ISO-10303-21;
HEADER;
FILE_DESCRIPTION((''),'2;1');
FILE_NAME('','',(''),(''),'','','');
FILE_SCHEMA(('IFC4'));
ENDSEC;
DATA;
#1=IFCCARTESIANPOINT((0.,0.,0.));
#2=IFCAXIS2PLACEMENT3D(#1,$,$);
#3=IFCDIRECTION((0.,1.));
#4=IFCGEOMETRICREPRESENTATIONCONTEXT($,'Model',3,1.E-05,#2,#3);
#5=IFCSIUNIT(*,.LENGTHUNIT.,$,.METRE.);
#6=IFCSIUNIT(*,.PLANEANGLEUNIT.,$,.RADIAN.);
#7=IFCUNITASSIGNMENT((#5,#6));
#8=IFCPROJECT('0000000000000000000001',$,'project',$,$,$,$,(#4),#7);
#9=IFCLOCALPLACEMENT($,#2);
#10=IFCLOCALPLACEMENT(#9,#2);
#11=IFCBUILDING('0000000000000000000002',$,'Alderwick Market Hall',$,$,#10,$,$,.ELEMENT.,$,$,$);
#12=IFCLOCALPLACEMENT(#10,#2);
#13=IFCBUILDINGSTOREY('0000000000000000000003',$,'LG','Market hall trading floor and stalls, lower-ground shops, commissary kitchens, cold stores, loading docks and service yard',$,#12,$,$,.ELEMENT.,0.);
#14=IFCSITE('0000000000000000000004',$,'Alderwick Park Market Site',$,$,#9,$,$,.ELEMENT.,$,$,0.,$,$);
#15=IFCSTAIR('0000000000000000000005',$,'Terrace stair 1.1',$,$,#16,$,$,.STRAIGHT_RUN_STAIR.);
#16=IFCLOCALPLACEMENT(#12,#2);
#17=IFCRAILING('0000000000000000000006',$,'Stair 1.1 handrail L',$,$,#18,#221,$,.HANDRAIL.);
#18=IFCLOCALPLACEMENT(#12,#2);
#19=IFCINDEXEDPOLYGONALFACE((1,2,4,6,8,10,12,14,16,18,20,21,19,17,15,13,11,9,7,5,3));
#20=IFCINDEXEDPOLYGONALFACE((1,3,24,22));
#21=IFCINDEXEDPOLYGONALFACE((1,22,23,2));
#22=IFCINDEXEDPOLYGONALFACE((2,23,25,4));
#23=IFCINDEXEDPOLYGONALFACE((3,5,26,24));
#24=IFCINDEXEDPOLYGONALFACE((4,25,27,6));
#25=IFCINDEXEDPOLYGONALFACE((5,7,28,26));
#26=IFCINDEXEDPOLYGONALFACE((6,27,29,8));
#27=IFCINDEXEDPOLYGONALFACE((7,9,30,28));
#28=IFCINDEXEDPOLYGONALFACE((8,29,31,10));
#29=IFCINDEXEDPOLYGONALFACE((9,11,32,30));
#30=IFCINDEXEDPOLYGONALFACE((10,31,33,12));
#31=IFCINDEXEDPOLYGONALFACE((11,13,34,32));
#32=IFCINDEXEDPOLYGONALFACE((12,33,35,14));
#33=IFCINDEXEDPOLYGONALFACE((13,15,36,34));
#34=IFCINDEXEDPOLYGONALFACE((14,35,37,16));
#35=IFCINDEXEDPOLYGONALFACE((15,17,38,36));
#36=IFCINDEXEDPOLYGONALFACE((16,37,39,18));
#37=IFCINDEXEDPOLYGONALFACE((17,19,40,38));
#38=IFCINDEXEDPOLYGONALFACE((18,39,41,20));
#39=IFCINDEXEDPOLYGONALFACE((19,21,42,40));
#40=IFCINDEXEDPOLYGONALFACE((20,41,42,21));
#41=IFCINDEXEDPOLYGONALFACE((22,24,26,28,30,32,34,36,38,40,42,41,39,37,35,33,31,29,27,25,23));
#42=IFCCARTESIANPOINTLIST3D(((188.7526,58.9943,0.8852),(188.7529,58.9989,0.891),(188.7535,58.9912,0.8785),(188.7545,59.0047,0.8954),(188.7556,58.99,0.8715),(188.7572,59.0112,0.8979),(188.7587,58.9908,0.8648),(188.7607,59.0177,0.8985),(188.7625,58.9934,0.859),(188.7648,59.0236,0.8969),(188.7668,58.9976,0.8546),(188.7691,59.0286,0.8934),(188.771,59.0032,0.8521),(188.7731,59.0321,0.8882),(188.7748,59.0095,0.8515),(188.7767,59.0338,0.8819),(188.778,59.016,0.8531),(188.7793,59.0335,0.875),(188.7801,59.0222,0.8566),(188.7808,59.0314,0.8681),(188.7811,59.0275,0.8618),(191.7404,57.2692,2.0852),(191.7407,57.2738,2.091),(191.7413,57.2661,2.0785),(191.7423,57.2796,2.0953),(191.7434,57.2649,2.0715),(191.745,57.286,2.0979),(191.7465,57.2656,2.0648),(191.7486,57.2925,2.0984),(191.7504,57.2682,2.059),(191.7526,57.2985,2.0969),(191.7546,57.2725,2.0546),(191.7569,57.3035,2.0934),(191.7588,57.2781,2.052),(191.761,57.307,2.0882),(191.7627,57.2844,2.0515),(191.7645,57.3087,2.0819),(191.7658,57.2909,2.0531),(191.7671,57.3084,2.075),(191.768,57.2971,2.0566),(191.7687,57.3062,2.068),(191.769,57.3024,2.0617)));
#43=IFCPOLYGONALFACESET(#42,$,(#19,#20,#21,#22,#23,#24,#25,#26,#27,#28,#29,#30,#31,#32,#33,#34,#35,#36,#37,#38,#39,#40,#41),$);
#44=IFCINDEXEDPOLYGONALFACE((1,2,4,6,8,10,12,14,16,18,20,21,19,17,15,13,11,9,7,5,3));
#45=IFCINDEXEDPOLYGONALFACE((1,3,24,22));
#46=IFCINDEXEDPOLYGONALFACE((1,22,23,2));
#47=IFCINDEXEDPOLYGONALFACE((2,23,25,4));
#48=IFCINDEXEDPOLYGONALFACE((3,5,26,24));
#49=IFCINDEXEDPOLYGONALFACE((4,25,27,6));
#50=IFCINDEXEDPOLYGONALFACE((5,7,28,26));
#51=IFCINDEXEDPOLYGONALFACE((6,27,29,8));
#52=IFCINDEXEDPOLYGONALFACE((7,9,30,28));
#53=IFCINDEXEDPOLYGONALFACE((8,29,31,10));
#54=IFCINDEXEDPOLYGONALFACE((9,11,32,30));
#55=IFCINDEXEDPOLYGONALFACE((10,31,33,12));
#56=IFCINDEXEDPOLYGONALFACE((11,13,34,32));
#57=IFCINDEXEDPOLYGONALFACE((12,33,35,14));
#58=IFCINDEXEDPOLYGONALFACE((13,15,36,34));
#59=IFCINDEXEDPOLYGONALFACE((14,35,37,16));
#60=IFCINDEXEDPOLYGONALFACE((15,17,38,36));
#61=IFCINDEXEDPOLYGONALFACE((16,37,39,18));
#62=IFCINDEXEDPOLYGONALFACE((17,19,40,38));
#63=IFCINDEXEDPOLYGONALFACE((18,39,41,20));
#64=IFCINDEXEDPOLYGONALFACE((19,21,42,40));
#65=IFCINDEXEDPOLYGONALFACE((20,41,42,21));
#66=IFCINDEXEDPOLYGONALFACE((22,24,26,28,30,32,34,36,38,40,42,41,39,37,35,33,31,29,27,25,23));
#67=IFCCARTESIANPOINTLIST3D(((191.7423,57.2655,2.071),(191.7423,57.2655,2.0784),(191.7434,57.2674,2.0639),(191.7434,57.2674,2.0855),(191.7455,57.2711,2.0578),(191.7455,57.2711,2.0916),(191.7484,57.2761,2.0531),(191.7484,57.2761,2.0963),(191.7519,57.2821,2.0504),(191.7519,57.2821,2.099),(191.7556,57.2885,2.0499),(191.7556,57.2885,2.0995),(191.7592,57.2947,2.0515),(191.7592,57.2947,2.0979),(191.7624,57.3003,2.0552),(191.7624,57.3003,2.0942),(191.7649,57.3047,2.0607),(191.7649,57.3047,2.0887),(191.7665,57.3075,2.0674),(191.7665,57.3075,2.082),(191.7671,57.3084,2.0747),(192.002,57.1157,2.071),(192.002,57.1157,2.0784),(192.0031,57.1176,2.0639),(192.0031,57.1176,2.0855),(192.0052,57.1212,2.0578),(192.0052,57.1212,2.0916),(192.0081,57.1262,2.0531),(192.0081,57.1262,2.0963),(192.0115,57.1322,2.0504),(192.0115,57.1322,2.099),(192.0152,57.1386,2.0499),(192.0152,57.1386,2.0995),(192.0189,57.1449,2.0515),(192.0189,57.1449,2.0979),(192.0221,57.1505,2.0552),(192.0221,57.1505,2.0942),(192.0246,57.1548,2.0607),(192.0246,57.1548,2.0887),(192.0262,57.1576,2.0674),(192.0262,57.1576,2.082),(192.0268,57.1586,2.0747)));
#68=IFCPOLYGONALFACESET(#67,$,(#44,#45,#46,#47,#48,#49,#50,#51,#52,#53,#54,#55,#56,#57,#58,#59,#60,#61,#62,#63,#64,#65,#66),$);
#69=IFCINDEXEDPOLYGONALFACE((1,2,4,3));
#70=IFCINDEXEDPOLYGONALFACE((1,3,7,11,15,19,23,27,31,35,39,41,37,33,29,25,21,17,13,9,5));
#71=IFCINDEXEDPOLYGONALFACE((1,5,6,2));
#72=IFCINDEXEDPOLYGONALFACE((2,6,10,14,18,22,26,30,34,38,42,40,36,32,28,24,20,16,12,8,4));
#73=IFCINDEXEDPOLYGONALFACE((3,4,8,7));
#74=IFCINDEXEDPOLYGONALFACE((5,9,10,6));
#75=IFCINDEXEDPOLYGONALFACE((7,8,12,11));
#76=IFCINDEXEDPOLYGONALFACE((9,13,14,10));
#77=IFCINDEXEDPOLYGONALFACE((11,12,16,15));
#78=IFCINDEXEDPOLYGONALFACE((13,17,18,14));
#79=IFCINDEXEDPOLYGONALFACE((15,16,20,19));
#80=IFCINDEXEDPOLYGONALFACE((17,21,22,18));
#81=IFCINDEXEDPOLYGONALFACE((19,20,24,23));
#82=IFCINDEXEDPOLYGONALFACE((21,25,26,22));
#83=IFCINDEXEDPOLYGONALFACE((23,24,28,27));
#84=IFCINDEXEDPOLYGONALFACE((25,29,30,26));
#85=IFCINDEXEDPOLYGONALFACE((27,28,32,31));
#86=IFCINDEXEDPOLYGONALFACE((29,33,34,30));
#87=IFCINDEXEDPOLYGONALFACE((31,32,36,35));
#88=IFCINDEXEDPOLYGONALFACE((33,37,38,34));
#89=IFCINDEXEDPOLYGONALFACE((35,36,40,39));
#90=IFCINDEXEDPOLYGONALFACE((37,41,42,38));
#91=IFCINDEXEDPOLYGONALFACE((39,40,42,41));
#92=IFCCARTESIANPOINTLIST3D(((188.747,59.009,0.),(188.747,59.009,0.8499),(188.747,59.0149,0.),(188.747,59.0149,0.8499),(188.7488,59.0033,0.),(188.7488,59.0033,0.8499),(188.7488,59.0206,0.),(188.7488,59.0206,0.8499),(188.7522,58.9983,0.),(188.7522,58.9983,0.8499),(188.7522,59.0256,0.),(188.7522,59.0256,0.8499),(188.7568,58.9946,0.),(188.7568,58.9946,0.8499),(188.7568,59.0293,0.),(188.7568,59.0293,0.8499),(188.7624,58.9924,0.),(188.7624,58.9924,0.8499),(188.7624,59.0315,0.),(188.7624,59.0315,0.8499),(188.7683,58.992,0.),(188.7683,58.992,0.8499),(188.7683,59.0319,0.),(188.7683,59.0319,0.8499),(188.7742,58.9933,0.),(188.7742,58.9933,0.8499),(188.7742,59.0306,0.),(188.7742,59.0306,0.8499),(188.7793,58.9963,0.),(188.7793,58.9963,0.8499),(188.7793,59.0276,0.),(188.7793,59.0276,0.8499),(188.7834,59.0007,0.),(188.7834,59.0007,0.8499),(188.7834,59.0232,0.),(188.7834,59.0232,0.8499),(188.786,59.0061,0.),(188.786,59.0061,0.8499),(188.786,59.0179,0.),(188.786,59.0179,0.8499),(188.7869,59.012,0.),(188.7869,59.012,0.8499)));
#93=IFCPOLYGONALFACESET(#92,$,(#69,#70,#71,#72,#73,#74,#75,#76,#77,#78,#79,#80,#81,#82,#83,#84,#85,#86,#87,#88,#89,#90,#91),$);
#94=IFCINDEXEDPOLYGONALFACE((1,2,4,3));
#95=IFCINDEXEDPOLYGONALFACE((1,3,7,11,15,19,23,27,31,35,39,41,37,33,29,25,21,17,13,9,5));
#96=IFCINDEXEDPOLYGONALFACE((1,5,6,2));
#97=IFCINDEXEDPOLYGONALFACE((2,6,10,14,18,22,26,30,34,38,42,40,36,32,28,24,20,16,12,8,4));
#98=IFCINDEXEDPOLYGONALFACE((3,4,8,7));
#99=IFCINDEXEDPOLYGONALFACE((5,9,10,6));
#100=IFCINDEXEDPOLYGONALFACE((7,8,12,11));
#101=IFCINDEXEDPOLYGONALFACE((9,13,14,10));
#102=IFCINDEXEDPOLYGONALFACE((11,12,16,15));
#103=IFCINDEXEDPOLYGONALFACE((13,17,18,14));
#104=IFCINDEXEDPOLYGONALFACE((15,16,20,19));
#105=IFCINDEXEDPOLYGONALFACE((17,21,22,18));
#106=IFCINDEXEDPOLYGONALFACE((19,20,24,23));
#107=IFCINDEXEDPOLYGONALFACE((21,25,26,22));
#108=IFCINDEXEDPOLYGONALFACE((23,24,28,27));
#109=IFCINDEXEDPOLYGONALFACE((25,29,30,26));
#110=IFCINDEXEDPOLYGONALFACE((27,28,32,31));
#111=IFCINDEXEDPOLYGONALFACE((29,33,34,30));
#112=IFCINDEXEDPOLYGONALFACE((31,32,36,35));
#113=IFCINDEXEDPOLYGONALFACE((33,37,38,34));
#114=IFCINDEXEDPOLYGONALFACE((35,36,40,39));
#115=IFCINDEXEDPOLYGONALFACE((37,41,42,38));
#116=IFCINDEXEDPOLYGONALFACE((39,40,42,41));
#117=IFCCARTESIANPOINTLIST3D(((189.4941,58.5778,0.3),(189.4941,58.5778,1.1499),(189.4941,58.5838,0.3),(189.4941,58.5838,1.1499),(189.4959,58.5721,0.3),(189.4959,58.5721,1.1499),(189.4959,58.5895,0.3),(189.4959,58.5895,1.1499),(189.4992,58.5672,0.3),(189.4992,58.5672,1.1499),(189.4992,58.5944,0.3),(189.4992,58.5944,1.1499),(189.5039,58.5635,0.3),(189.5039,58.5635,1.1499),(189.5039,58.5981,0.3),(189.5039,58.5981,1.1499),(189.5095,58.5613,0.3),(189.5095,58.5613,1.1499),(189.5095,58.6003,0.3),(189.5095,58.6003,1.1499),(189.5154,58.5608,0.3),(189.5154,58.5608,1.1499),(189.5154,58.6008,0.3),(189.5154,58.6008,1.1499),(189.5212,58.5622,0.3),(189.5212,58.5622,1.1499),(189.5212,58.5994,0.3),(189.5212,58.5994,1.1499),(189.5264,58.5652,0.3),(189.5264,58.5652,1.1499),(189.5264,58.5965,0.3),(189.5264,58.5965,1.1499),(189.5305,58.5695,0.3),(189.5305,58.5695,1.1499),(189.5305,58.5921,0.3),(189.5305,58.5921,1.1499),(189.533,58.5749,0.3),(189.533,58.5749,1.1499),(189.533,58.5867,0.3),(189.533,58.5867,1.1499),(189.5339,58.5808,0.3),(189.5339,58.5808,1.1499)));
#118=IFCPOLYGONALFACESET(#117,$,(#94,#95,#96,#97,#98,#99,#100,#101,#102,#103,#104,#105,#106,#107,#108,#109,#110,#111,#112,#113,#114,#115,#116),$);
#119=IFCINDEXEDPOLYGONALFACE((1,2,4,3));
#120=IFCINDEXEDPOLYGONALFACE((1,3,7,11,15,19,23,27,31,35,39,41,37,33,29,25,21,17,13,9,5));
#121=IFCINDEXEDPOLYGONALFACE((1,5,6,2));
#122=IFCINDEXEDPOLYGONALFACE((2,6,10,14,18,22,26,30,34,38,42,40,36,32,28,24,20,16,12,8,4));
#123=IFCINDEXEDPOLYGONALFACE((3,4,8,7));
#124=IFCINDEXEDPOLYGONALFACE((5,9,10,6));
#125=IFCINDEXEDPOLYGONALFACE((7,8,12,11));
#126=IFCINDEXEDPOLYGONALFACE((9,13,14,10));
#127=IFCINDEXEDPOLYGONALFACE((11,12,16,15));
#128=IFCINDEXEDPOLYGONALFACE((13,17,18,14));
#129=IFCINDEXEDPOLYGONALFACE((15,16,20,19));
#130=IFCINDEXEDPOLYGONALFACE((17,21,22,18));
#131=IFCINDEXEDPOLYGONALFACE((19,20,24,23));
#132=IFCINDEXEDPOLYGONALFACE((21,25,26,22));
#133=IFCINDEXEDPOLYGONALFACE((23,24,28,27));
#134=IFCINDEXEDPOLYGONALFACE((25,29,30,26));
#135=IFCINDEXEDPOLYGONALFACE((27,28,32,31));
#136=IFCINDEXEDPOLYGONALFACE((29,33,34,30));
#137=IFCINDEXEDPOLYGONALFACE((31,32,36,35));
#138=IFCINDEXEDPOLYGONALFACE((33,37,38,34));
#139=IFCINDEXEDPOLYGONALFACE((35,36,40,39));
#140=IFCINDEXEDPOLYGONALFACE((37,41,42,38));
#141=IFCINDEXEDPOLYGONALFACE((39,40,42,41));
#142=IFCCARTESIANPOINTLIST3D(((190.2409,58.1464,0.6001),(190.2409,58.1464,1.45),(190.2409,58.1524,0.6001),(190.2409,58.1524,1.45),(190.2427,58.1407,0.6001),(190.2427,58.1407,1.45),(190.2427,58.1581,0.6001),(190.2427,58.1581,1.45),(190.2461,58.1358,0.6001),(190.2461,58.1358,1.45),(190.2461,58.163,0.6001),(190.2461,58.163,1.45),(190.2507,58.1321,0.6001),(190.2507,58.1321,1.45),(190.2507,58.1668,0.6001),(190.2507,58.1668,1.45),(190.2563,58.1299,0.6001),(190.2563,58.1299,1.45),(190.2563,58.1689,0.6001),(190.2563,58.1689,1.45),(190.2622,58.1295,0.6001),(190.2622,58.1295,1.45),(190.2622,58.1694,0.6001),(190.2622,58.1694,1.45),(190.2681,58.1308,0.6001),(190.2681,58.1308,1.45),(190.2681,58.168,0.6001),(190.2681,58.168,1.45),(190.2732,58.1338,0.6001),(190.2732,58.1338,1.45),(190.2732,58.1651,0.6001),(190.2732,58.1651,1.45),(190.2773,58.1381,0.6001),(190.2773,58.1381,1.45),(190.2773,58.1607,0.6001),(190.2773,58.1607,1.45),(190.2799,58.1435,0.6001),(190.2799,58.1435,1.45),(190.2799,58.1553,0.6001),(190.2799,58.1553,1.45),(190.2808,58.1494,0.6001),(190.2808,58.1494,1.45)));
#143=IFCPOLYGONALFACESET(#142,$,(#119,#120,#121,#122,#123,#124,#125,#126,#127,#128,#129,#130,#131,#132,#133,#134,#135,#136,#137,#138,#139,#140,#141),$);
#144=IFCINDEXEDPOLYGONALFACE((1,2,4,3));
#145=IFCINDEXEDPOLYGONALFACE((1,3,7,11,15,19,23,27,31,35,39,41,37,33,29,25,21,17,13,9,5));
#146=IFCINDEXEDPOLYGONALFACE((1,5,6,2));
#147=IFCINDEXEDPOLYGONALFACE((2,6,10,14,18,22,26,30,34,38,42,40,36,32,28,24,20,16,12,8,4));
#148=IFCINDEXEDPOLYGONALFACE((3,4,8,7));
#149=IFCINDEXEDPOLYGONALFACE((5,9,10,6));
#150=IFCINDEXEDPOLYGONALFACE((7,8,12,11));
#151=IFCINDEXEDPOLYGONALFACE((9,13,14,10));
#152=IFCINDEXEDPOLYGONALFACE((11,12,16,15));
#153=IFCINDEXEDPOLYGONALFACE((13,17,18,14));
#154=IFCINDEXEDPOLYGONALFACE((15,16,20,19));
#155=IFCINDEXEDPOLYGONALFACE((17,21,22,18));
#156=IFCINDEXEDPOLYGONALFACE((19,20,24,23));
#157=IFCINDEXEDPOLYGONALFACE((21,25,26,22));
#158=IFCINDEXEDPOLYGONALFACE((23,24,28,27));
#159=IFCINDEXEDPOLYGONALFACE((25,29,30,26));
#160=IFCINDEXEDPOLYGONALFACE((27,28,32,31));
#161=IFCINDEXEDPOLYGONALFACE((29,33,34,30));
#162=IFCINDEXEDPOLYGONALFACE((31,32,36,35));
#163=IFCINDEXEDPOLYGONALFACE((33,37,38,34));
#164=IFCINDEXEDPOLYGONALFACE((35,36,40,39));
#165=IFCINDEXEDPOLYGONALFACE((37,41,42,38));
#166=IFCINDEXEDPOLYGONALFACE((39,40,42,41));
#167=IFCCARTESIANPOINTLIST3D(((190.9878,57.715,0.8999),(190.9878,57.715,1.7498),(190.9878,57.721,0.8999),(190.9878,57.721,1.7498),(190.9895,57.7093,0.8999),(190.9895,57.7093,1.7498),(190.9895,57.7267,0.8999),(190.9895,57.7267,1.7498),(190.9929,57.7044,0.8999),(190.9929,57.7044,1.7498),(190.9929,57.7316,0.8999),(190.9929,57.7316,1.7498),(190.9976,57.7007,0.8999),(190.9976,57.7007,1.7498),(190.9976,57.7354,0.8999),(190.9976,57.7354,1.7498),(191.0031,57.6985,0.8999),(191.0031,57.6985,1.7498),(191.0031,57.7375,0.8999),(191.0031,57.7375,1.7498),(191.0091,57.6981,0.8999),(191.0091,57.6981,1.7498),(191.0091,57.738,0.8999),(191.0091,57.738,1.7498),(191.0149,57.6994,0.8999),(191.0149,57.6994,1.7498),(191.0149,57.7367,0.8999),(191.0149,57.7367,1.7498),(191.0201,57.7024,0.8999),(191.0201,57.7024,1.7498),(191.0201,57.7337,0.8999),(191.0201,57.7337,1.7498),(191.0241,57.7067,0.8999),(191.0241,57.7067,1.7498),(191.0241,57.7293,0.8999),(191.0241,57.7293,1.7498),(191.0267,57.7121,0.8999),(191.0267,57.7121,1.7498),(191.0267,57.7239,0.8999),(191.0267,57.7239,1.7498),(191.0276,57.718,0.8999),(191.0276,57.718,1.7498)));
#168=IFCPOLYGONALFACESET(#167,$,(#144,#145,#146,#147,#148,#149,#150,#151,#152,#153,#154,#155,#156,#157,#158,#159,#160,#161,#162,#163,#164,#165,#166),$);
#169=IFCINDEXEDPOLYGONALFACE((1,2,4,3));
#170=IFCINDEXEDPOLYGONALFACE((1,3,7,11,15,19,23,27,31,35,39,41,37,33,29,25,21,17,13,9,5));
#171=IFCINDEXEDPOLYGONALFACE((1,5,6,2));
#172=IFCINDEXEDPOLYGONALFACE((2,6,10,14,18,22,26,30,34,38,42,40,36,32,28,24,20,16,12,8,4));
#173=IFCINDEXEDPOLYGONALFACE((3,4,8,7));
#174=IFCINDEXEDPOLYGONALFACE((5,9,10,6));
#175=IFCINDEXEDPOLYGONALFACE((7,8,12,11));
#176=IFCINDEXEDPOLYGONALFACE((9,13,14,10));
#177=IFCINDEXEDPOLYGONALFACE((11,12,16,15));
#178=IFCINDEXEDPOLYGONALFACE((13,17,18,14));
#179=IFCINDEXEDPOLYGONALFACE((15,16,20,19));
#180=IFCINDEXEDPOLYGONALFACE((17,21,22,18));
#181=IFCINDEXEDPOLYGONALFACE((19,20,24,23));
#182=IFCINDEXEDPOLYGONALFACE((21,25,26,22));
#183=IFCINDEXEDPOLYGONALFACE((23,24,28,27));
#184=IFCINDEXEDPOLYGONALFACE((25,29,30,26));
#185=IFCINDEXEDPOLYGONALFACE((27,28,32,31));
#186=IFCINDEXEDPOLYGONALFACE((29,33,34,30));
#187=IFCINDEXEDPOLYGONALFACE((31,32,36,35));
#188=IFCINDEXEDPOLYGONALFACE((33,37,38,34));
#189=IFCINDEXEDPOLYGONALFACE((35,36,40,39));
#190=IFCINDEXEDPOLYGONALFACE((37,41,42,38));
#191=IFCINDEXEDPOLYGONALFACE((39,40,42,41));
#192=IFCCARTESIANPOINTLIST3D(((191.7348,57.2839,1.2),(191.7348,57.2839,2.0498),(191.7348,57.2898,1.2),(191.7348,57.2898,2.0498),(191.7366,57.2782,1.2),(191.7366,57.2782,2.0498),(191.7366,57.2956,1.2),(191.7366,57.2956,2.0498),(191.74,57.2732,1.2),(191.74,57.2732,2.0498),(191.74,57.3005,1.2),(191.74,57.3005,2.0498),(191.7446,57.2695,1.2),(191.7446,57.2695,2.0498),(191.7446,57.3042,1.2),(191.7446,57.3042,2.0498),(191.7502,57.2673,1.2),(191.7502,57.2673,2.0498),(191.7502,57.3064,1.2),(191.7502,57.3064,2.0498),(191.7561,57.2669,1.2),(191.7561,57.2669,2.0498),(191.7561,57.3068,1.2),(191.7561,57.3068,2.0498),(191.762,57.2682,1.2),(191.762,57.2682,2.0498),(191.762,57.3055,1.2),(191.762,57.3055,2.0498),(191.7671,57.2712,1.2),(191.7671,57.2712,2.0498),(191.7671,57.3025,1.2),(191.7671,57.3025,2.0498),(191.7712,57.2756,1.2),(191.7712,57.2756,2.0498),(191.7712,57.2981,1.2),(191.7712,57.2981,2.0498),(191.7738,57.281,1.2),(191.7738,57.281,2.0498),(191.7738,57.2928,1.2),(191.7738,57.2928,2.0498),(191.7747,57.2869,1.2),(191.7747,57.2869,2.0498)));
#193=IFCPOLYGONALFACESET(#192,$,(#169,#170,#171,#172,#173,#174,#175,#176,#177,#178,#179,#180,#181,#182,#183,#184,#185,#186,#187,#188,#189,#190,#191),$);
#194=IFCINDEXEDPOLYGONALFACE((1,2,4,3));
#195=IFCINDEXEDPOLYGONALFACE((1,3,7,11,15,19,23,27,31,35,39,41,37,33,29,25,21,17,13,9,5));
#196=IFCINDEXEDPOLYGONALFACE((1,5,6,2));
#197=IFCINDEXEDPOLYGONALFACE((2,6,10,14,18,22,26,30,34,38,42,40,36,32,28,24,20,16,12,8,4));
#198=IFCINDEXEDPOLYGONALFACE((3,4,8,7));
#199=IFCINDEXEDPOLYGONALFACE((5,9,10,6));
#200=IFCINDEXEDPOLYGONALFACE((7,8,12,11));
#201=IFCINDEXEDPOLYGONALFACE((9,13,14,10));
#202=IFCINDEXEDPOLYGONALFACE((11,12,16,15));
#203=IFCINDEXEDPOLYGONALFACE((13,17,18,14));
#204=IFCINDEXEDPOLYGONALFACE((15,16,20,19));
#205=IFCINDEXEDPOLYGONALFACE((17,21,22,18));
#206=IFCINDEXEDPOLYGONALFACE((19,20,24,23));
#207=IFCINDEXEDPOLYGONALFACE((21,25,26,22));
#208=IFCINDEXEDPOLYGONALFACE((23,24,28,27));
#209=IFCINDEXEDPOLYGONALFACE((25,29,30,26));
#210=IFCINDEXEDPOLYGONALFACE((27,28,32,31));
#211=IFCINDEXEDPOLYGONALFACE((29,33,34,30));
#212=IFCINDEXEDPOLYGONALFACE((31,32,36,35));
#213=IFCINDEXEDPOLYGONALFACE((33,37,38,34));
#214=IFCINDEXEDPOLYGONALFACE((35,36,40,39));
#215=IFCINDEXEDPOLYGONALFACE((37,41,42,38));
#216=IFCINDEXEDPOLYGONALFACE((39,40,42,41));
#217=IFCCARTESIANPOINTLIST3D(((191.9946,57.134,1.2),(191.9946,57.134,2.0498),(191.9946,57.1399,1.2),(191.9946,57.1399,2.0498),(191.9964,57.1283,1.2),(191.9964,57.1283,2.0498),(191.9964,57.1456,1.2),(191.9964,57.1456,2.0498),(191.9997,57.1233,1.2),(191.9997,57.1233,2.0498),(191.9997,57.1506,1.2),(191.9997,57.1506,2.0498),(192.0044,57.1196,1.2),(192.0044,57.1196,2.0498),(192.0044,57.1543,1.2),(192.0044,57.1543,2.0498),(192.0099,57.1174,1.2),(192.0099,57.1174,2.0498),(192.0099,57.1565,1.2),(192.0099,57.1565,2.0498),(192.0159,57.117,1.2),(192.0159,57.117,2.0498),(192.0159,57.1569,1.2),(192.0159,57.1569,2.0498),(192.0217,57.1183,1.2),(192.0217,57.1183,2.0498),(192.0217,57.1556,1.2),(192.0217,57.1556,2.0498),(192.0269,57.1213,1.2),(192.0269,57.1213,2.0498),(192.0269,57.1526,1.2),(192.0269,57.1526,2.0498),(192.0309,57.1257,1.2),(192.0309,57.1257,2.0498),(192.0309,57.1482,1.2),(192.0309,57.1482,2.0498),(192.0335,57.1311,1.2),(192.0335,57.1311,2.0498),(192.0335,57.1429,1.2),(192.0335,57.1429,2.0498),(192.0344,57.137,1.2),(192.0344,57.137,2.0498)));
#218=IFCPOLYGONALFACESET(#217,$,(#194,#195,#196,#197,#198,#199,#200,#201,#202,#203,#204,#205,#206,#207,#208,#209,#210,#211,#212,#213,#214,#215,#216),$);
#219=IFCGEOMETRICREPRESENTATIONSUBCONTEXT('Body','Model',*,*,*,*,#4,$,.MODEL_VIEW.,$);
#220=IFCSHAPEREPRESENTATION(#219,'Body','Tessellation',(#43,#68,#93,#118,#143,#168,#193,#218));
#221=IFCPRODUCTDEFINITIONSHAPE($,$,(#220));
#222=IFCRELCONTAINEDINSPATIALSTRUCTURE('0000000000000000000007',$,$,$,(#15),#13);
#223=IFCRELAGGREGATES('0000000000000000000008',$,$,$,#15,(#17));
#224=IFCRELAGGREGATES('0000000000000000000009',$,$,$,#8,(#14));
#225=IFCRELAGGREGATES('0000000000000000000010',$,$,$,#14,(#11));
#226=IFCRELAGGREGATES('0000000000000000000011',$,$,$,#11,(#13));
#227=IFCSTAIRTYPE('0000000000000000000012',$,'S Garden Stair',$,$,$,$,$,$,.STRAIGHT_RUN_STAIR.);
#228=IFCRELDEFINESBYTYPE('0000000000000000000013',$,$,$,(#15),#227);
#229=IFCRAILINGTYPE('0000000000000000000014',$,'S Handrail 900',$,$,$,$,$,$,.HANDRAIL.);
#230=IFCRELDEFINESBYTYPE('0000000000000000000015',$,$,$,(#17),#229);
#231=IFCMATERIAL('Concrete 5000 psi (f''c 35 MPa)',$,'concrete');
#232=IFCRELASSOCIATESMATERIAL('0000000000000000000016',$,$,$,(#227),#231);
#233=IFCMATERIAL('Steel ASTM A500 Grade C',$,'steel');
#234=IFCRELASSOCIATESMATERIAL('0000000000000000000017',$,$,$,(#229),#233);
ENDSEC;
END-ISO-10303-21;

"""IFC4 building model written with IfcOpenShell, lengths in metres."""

from ifc_helpers import new_model, si_unit, direction, frame, origin, origin_2d, place, context, subcontext, project, spatial, circle, extrude, material, type_object, element, aggregate, save


model = new_model("IFC4")

# Units and contexts
model_context = context("Model", 3, precision=1e-05, world=origin(), true_north=direction((0.0, 1.0)))
body_context = subcontext(model_context, "Body", "Model", "MODEL_VIEW")
ifc_project = project(units=[si_unit("LENGTHUNIT", "METRE"), si_unit("PLANEANGLEUNIT", "RADIAN")], contexts=[model_context])

# Site, building, storey
site_placement = place(None, origin())
site = spatial("IfcSite", under=ifc_project, at=site_placement, Name="Alderwick Park Market Site", CompositionType="ELEMENT", RefElevation=0.0)
building_placement = place(site_placement, origin())
building = spatial("IfcBuilding", under=site, at=building_placement, Name="Alderwick Market Hall", CompositionType="ELEMENT")
storey_placement = place(building_placement, origin())
storey = spatial("IfcBuildingStorey", under=building, at=storey_placement, Name="LG", Description="Market hall trading floor and stalls, lower-ground shops, commissary kitchens, cold stores, loading docks and service yard", CompositionType="ELEMENT", Elevation=0.0)

# Shared definitions
ifc_material_1 = material(Name="Concrete 5000 psi (f'c 35 MPa)", Category="concrete")

# Stair
stair_type = type_object("IfcStairType", Name="S Garden Stair", PredefinedType="STRAIGHT_RUN_STAIR", material=ifc_material_1)
stair_1_placement = place(storey_placement, origin())
stair_1 = element("IfcStair", 1, at=stair_1_placement, inside=storey, type_object=stair_type, Name="Terrace stair 1.1", PredefinedType="STRAIGHT_RUN_STAIR")

# Railing
ifc_material_2 = material(Name="Steel ASTM A500 Grade C", Category="steel")
railing_type_1 = type_object("IfcRailingType", Name="S Handrail 900", PredefinedType="HANDRAIL", material=ifc_material_2)
railing_1_placement = place(storey_placement, frame((188.7668, 59.012, 0.0)))
railing_1 = element("IfcRailing", 2, at=railing_1_placement, type_object=railing_type_1, Name="Stair 1.1 handrail L", PredefinedType="HANDRAIL", context=body_context, shape_type="SweptSolid", body=[
    extrude(circle(Radius=0.0249, at=origin_2d()), frame((0.0, 0.0, 0.875), z_axis=(0.817952, -0.472271, 0.328504), x_axis=(0.500021, 0.866014, 0.0)), (0.0, 0.0, 1.0), 3.6528),
    extrude(circle(Radius=0.0249, at=origin_2d()), frame((2.9878, -1.7251, 2.0747), z_axis=(0.866131, -0.499816, 0.0), x_axis=(0.499816, 0.866131, 0.0)), (0.0, 0.0, 1.0), 0.2998),
    extrude(circle(Radius=0.02, at=origin_2d()), origin(), (0.0, 0.0, 1.0), 0.8499),
    extrude(circle(Radius=0.02, at=origin_2d()), frame((0.7471, -0.4312, 0.3)), (0.0, 0.0, 1.0), 0.8499),
    extrude(circle(Radius=0.02, at=origin_2d()), frame((1.4939, -0.8625, 0.6001)), (0.0, 0.0, 1.0), 0.8499),
    extrude(circle(Radius=0.02, at=origin_2d()), frame((2.2407, -1.2939, 0.8999)), (0.0, 0.0, 1.0), 0.8499),
    extrude(circle(Radius=0.02, at=origin_2d()), frame((2.9878, -1.7251, 1.2)), (0.0, 0.0, 1.0), 0.8499),
    extrude(circle(Radius=0.02, at=origin_2d()), frame((3.2476, -1.875, 1.2)), (0.0, 0.0, 1.0), 0.8499),
])
aggregate(stair_1, [railing_1])

save(model, "model.ifc")
